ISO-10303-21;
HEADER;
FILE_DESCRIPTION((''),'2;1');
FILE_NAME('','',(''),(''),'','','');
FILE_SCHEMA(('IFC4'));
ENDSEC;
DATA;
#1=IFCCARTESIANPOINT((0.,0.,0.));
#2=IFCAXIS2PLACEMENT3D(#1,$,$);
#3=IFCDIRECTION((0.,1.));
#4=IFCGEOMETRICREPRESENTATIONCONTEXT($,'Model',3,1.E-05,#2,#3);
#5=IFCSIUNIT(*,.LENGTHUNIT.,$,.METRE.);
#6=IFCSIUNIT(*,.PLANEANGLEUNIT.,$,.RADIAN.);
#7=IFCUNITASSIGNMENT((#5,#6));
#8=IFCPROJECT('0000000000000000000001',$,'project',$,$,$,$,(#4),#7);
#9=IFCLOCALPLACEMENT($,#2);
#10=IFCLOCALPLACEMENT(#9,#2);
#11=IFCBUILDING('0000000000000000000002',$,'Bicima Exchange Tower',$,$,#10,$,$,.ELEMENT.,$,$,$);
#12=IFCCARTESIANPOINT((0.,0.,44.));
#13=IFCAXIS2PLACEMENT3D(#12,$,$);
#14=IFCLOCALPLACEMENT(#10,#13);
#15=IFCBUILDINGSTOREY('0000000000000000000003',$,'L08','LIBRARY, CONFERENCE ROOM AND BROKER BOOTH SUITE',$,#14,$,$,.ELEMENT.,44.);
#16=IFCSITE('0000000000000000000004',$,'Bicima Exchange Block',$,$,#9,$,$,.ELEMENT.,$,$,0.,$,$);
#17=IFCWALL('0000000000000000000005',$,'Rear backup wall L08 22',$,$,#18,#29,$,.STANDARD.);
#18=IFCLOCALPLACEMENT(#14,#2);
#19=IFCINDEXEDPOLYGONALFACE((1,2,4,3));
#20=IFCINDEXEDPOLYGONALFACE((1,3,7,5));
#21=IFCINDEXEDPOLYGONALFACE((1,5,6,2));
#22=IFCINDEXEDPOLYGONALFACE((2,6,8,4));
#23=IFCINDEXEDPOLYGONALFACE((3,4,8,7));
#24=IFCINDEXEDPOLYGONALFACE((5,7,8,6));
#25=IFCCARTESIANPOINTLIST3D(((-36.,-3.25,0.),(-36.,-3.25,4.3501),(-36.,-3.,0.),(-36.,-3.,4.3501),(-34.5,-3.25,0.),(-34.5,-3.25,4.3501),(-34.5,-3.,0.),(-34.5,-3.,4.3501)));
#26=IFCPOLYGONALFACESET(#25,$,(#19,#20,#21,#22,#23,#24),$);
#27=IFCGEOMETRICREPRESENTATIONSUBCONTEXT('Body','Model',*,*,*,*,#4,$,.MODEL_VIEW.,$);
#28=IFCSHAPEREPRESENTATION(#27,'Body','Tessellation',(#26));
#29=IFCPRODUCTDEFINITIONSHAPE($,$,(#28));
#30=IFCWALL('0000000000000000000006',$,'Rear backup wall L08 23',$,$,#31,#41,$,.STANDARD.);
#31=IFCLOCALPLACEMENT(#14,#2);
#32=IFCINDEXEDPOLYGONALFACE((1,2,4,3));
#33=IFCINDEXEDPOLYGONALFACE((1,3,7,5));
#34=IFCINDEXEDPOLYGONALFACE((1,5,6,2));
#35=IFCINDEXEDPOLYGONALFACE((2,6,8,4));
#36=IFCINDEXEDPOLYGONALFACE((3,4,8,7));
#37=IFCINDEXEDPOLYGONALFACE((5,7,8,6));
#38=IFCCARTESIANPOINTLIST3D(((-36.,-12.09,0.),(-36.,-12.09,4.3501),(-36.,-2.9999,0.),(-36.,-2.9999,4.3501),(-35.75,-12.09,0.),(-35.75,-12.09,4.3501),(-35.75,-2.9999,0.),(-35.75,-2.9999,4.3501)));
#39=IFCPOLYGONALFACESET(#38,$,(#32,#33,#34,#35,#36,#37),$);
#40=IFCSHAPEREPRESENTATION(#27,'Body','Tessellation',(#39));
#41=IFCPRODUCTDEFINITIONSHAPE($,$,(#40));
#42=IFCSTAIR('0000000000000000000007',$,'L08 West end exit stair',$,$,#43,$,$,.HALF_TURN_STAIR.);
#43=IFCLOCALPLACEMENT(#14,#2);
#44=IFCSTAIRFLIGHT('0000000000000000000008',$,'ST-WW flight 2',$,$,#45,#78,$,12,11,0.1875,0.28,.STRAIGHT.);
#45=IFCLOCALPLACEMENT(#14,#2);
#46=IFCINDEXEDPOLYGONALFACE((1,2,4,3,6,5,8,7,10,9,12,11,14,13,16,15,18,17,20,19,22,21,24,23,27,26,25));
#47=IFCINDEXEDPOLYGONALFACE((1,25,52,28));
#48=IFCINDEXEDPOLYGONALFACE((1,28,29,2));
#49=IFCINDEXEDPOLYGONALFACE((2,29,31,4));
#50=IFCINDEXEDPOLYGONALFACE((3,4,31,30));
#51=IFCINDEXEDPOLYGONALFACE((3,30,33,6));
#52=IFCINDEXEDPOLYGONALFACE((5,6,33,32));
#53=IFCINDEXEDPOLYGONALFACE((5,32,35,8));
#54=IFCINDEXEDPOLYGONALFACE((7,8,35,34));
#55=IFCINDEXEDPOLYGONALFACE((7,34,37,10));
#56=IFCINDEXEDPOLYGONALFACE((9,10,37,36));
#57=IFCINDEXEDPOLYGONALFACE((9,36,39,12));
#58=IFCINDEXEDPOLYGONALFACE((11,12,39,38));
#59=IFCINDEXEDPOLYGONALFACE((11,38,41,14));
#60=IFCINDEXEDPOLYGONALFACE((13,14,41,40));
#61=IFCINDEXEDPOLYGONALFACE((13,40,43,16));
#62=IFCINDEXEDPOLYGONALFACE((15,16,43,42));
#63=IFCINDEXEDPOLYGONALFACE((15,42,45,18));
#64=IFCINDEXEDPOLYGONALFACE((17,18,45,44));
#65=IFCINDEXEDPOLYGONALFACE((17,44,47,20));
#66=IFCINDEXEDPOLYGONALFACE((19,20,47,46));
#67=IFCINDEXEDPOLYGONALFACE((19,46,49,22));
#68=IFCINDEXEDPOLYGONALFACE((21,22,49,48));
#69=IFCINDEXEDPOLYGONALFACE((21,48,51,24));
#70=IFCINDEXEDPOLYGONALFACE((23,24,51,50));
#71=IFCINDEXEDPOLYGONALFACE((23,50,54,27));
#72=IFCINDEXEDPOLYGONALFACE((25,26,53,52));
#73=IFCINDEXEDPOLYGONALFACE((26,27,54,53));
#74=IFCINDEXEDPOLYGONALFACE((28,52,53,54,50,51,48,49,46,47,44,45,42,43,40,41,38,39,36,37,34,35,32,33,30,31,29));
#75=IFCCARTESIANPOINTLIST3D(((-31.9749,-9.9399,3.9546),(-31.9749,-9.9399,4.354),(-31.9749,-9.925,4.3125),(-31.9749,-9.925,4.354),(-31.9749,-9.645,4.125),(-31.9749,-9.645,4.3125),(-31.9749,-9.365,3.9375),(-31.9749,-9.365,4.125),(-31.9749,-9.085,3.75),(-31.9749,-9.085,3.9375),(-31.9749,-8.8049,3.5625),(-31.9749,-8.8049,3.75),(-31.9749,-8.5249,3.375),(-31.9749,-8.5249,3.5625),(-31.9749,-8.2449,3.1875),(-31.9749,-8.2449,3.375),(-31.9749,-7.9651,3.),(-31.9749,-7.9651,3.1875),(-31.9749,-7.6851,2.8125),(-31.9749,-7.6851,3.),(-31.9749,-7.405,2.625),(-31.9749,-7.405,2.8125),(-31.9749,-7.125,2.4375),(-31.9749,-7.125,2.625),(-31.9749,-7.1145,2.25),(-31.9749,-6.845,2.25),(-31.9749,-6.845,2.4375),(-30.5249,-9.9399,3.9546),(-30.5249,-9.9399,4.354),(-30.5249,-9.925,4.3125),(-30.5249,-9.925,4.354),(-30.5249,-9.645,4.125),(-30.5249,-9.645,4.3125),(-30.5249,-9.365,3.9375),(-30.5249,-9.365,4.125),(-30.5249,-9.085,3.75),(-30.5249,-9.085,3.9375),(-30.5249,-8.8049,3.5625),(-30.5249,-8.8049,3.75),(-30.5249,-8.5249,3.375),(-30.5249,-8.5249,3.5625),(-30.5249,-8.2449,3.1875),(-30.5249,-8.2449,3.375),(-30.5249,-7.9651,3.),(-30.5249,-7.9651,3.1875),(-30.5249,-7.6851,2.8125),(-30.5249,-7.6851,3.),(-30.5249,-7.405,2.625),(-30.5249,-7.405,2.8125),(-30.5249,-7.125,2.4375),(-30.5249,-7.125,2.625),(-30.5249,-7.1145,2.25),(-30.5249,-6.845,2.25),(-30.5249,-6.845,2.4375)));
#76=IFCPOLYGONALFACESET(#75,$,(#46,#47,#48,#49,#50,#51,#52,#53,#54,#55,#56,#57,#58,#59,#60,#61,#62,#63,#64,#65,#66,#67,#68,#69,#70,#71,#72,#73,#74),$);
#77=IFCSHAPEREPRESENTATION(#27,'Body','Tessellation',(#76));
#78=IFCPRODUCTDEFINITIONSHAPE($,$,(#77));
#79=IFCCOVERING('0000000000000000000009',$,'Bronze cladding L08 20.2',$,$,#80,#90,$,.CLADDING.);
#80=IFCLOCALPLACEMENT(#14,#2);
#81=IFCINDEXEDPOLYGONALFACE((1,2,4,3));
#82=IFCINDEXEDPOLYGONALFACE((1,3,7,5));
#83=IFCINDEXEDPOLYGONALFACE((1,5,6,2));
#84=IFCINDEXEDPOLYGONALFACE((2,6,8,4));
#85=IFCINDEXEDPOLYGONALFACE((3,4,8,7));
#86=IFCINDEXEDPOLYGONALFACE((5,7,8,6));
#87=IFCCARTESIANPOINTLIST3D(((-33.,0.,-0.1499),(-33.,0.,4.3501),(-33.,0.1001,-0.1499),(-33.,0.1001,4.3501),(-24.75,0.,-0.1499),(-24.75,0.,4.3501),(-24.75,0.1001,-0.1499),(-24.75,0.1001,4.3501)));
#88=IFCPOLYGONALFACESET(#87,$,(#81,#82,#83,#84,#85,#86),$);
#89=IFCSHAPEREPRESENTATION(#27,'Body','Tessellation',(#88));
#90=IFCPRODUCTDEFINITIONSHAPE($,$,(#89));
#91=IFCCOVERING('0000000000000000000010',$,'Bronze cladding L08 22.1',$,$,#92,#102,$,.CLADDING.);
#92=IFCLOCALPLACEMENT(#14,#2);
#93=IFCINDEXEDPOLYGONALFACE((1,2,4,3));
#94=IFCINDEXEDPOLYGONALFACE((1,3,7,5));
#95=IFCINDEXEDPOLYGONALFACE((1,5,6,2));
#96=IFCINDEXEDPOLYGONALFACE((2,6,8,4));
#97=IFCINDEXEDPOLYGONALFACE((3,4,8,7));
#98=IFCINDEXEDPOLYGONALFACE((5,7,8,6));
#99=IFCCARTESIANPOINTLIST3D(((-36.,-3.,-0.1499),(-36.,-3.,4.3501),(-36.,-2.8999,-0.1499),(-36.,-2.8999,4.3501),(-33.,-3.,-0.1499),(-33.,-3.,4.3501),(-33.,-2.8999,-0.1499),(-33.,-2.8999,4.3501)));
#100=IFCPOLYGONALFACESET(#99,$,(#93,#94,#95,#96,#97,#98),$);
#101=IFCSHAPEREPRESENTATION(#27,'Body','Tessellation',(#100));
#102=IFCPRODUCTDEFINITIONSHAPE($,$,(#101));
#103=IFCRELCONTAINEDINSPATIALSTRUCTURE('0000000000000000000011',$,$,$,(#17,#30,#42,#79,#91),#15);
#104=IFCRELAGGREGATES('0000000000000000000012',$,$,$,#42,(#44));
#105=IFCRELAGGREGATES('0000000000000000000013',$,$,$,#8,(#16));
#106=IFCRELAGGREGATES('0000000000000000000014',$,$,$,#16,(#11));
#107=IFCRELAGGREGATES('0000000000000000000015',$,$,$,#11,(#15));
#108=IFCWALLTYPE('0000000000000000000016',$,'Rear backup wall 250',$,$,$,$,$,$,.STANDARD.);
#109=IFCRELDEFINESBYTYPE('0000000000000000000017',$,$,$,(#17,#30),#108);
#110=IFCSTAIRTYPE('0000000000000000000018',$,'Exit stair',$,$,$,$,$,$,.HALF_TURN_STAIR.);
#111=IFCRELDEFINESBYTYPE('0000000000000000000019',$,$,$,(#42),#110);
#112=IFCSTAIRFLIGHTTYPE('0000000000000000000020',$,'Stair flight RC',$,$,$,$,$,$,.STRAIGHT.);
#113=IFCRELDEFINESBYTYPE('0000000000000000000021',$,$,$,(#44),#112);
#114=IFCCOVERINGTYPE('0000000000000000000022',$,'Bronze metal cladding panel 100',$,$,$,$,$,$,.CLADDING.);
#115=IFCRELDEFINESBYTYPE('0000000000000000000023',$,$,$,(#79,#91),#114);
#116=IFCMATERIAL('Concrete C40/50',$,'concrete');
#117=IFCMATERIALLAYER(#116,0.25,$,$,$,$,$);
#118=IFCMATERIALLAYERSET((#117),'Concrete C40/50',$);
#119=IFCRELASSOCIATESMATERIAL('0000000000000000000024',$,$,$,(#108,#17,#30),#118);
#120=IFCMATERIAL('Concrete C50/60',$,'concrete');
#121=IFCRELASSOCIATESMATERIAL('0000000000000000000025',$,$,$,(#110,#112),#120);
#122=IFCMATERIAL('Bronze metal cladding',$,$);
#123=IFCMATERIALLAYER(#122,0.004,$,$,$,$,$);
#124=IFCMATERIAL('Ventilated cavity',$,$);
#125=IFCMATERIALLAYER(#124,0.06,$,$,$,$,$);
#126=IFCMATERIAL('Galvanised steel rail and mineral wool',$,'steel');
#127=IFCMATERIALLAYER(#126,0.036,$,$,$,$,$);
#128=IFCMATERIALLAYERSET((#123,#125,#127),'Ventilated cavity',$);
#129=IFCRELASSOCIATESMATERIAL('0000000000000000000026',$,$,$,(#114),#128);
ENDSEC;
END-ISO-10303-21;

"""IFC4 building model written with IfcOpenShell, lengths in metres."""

from ifc_helpers import new_model, si_unit, direction, frame, frame_2d, origin, origin_2d, place, context, subcontext, project, spatial, polyline, rectangle, outline, extrude, material, layer, layer_set, layer_usage, type_object, element, aggregate, save


model = new_model("IFC4")

# Units and contexts
model_context = context("Model", 3, precision=1e-05, world=origin(), true_north=direction((0.0, 1.0)))
body_context = subcontext(model_context, "Body", "Model", "MODEL_VIEW")
ifc_project = project(units=[si_unit("LENGTHUNIT", "METRE"), si_unit("PLANEANGLEUNIT", "RADIAN")], contexts=[model_context])

# Site, building, storey
site_placement = place(None, origin())
site = spatial("IfcSite", under=ifc_project, at=site_placement, Name="Bicima Exchange Block", CompositionType="ELEMENT", RefElevation=0.0)
building_placement = place(site_placement, origin())
building = spatial("IfcBuilding", under=site, at=building_placement, Name="Bicima Exchange Tower", CompositionType="ELEMENT")
storey_placement = place(building_placement, frame((0.0, 0.0, 44.0)))
storey = spatial("IfcBuildingStorey", under=building, at=storey_placement, Name="L08", Description="LIBRARY, CONFERENCE ROOM AND BROKER BOOTH SUITE", CompositionType="ELEMENT", Elevation=44.0)

# Walls
ifc_material_1 = material(Name="Concrete C50/60", Category="concrete")
ifc_material_2 = material(Name="Concrete C40/50", Category="concrete")
ifc_layer_1 = layer(ifc_material_2, 0.25)
ifc_layer_set_1 = layer_set([ifc_layer_1], Name="Concrete C40/50")
ifc_layer_usage = layer_usage(ifc_layer_set_1, "AXIS2", "POSITIVE", -0.125)
wall_type_1 = type_object("IfcWallType", Name="Rear backup wall 250", PredefinedType="STANDARD", material=ifc_layer_set_1)
wall_1_placement = place(storey_placement, frame((-34.5, -3.125, 0.0), z_axis=(0.0, 0.0, 1.0), x_axis=(-1.0, 0.0, 0.0)))
element("IfcWall", 1, at=wall_1_placement, inside=storey, type_object=wall_type_1, material=ifc_layer_usage, Name="Rear backup wall L08 22", PredefinedType="STANDARD", context=body_context, shape_type="SweptSolid", body=[
    extrude(rectangle(XDim=1.5, YDim=0.25, at=frame_2d((0.75, 0.0))), origin(), (0.0, 0.0, 1.0), 4.3501),
])
wall_2_placement = place(storey_placement, frame((-35.875, -3.0, 0.0), z_axis=(0.0, 0.0, 1.0), x_axis=(0.0, -1.0, 0.0)))
element("IfcWall", 2, at=wall_2_placement, inside=storey, type_object=wall_type_1, material=ifc_layer_usage, Name="Rear backup wall L08 23", PredefinedType="STANDARD", context=body_context, shape_type="SweptSolid", body=[
    extrude(rectangle(XDim=9.0901, YDim=0.25, at=frame_2d((4.5449, 0.0))), origin(), (0.0, 0.0, 1.0), 4.3501),
])

# Stair, stair flight
stair_type = type_object("IfcStairType", Name="Exit stair", PredefinedType="HALF_TURN_STAIR", material=ifc_material_1)
stair_placement = place(storey_placement, origin())
stair = element("IfcStair", 3, at=stair_placement, inside=storey, type_object=stair_type, Name="L08 West end exit stair", PredefinedType="HALF_TURN_STAIR")
stair_flight_type = type_object("IfcStairFlightType", Name="Stair flight RC", PredefinedType="STRAIGHT", material=ifc_material_1)
stair_flight_placement = place(storey_placement, frame((-31.25, -6.845, 2.25), z_axis=(0.0, 0.0, 1.0), x_axis=(0.0, -1.0, 0.0)))
stair_flight = element("IfcStairFlight", 4, at=stair_flight_placement, type_object=stair_flight_type, Name="ST-WW flight 2", NumberOfRisers=12, NumberOfTreads=11, PredefinedType="STRAIGHT", RiserHeight=0.1875, TreadLength=0.28, context=body_context, shape_type="SweptSolid", body=[
    extrude(outline(polyline([(0.0, 0.0), (0.0, 0.1875), (0.28, 0.1875), (0.28, 0.375), (0.5601, 0.375), (0.5601, 0.5625), (0.8401, 0.5625), (0.8401, 0.75), (1.1201, 0.75), (1.1201, 0.9375), (1.3999, 0.9375), (1.3999, 1.125), (1.6799, 1.125), (1.6799, 1.3125), (1.96, 1.3125), (1.96, 1.5), (2.24, 1.5), (2.24, 1.6875), (2.52, 1.6875), (2.52, 1.875), (2.8, 1.875), (2.8, 2.0625), (3.0801, 2.0625), (3.0801, 2.104), (3.095, 2.104), (3.095, 1.7046), (0.2695, 0.0), (0.0, 0.0)])), frame((0.0, 0.7251, 0.0), z_axis=(0.0, -1.0, 0.0), x_axis=(1.0, 0.0, 0.0)), (0.0, 0.0, 1.0), 1.45),
])
aggregate(stair, [stair_flight])

# Coverings
ifc_material_3 = material(Name="Bronze metal cladding")
ifc_layer_2 = layer(ifc_material_3, 0.004)
ifc_material_4 = material(Name="Ventilated cavity")
ifc_layer_3 = layer(ifc_material_4, 0.06)
ifc_material_5 = material(Name="Galvanised steel rail and mineral wool", Category="steel")
ifc_layer_4 = layer(ifc_material_5, 0.036)
ifc_layer_set_2 = layer_set([ifc_layer_2, ifc_layer_3, ifc_layer_4], Name="Ventilated cavity")
covering_type = type_object("IfcCoveringType", Name="Bronze metal cladding panel 100", PredefinedType="CLADDING", material=ifc_layer_set_2)
covering_1_placement = place(storey_placement, frame((-28.875, 0.05, -0.1499), z_axis=(0.0, 0.0, 1.0), x_axis=(-1.0, 0.0, 0.0)))
element("IfcCovering", 5, at=covering_1_placement, inside=storey, type_object=covering_type, Name="Bronze cladding L08 20.2", PredefinedType="CLADDING", context=body_context, shape_type="SweptSolid", body=[
    extrude(rectangle(XDim=8.25, YDim=0.1001, at=origin_2d()), origin(), (0.0, 0.0, 1.0), 4.5),
])
covering_2_placement = place(storey_placement, frame((-34.5, -2.95, -0.1499), z_axis=(0.0, 0.0, 1.0), x_axis=(-1.0, 0.0, 0.0)))
element("IfcCovering", 6, at=covering_2_placement, inside=storey, type_object=covering_type, Name="Bronze cladding L08 22.1", PredefinedType="CLADDING", context=body_context, shape_type="SweptSolid", body=[
    extrude(rectangle(XDim=3.0, YDim=0.1001, at=origin_2d()), origin(), (0.0, 0.0, 1.0), 4.5),
])

save(model, "model.ifc")
